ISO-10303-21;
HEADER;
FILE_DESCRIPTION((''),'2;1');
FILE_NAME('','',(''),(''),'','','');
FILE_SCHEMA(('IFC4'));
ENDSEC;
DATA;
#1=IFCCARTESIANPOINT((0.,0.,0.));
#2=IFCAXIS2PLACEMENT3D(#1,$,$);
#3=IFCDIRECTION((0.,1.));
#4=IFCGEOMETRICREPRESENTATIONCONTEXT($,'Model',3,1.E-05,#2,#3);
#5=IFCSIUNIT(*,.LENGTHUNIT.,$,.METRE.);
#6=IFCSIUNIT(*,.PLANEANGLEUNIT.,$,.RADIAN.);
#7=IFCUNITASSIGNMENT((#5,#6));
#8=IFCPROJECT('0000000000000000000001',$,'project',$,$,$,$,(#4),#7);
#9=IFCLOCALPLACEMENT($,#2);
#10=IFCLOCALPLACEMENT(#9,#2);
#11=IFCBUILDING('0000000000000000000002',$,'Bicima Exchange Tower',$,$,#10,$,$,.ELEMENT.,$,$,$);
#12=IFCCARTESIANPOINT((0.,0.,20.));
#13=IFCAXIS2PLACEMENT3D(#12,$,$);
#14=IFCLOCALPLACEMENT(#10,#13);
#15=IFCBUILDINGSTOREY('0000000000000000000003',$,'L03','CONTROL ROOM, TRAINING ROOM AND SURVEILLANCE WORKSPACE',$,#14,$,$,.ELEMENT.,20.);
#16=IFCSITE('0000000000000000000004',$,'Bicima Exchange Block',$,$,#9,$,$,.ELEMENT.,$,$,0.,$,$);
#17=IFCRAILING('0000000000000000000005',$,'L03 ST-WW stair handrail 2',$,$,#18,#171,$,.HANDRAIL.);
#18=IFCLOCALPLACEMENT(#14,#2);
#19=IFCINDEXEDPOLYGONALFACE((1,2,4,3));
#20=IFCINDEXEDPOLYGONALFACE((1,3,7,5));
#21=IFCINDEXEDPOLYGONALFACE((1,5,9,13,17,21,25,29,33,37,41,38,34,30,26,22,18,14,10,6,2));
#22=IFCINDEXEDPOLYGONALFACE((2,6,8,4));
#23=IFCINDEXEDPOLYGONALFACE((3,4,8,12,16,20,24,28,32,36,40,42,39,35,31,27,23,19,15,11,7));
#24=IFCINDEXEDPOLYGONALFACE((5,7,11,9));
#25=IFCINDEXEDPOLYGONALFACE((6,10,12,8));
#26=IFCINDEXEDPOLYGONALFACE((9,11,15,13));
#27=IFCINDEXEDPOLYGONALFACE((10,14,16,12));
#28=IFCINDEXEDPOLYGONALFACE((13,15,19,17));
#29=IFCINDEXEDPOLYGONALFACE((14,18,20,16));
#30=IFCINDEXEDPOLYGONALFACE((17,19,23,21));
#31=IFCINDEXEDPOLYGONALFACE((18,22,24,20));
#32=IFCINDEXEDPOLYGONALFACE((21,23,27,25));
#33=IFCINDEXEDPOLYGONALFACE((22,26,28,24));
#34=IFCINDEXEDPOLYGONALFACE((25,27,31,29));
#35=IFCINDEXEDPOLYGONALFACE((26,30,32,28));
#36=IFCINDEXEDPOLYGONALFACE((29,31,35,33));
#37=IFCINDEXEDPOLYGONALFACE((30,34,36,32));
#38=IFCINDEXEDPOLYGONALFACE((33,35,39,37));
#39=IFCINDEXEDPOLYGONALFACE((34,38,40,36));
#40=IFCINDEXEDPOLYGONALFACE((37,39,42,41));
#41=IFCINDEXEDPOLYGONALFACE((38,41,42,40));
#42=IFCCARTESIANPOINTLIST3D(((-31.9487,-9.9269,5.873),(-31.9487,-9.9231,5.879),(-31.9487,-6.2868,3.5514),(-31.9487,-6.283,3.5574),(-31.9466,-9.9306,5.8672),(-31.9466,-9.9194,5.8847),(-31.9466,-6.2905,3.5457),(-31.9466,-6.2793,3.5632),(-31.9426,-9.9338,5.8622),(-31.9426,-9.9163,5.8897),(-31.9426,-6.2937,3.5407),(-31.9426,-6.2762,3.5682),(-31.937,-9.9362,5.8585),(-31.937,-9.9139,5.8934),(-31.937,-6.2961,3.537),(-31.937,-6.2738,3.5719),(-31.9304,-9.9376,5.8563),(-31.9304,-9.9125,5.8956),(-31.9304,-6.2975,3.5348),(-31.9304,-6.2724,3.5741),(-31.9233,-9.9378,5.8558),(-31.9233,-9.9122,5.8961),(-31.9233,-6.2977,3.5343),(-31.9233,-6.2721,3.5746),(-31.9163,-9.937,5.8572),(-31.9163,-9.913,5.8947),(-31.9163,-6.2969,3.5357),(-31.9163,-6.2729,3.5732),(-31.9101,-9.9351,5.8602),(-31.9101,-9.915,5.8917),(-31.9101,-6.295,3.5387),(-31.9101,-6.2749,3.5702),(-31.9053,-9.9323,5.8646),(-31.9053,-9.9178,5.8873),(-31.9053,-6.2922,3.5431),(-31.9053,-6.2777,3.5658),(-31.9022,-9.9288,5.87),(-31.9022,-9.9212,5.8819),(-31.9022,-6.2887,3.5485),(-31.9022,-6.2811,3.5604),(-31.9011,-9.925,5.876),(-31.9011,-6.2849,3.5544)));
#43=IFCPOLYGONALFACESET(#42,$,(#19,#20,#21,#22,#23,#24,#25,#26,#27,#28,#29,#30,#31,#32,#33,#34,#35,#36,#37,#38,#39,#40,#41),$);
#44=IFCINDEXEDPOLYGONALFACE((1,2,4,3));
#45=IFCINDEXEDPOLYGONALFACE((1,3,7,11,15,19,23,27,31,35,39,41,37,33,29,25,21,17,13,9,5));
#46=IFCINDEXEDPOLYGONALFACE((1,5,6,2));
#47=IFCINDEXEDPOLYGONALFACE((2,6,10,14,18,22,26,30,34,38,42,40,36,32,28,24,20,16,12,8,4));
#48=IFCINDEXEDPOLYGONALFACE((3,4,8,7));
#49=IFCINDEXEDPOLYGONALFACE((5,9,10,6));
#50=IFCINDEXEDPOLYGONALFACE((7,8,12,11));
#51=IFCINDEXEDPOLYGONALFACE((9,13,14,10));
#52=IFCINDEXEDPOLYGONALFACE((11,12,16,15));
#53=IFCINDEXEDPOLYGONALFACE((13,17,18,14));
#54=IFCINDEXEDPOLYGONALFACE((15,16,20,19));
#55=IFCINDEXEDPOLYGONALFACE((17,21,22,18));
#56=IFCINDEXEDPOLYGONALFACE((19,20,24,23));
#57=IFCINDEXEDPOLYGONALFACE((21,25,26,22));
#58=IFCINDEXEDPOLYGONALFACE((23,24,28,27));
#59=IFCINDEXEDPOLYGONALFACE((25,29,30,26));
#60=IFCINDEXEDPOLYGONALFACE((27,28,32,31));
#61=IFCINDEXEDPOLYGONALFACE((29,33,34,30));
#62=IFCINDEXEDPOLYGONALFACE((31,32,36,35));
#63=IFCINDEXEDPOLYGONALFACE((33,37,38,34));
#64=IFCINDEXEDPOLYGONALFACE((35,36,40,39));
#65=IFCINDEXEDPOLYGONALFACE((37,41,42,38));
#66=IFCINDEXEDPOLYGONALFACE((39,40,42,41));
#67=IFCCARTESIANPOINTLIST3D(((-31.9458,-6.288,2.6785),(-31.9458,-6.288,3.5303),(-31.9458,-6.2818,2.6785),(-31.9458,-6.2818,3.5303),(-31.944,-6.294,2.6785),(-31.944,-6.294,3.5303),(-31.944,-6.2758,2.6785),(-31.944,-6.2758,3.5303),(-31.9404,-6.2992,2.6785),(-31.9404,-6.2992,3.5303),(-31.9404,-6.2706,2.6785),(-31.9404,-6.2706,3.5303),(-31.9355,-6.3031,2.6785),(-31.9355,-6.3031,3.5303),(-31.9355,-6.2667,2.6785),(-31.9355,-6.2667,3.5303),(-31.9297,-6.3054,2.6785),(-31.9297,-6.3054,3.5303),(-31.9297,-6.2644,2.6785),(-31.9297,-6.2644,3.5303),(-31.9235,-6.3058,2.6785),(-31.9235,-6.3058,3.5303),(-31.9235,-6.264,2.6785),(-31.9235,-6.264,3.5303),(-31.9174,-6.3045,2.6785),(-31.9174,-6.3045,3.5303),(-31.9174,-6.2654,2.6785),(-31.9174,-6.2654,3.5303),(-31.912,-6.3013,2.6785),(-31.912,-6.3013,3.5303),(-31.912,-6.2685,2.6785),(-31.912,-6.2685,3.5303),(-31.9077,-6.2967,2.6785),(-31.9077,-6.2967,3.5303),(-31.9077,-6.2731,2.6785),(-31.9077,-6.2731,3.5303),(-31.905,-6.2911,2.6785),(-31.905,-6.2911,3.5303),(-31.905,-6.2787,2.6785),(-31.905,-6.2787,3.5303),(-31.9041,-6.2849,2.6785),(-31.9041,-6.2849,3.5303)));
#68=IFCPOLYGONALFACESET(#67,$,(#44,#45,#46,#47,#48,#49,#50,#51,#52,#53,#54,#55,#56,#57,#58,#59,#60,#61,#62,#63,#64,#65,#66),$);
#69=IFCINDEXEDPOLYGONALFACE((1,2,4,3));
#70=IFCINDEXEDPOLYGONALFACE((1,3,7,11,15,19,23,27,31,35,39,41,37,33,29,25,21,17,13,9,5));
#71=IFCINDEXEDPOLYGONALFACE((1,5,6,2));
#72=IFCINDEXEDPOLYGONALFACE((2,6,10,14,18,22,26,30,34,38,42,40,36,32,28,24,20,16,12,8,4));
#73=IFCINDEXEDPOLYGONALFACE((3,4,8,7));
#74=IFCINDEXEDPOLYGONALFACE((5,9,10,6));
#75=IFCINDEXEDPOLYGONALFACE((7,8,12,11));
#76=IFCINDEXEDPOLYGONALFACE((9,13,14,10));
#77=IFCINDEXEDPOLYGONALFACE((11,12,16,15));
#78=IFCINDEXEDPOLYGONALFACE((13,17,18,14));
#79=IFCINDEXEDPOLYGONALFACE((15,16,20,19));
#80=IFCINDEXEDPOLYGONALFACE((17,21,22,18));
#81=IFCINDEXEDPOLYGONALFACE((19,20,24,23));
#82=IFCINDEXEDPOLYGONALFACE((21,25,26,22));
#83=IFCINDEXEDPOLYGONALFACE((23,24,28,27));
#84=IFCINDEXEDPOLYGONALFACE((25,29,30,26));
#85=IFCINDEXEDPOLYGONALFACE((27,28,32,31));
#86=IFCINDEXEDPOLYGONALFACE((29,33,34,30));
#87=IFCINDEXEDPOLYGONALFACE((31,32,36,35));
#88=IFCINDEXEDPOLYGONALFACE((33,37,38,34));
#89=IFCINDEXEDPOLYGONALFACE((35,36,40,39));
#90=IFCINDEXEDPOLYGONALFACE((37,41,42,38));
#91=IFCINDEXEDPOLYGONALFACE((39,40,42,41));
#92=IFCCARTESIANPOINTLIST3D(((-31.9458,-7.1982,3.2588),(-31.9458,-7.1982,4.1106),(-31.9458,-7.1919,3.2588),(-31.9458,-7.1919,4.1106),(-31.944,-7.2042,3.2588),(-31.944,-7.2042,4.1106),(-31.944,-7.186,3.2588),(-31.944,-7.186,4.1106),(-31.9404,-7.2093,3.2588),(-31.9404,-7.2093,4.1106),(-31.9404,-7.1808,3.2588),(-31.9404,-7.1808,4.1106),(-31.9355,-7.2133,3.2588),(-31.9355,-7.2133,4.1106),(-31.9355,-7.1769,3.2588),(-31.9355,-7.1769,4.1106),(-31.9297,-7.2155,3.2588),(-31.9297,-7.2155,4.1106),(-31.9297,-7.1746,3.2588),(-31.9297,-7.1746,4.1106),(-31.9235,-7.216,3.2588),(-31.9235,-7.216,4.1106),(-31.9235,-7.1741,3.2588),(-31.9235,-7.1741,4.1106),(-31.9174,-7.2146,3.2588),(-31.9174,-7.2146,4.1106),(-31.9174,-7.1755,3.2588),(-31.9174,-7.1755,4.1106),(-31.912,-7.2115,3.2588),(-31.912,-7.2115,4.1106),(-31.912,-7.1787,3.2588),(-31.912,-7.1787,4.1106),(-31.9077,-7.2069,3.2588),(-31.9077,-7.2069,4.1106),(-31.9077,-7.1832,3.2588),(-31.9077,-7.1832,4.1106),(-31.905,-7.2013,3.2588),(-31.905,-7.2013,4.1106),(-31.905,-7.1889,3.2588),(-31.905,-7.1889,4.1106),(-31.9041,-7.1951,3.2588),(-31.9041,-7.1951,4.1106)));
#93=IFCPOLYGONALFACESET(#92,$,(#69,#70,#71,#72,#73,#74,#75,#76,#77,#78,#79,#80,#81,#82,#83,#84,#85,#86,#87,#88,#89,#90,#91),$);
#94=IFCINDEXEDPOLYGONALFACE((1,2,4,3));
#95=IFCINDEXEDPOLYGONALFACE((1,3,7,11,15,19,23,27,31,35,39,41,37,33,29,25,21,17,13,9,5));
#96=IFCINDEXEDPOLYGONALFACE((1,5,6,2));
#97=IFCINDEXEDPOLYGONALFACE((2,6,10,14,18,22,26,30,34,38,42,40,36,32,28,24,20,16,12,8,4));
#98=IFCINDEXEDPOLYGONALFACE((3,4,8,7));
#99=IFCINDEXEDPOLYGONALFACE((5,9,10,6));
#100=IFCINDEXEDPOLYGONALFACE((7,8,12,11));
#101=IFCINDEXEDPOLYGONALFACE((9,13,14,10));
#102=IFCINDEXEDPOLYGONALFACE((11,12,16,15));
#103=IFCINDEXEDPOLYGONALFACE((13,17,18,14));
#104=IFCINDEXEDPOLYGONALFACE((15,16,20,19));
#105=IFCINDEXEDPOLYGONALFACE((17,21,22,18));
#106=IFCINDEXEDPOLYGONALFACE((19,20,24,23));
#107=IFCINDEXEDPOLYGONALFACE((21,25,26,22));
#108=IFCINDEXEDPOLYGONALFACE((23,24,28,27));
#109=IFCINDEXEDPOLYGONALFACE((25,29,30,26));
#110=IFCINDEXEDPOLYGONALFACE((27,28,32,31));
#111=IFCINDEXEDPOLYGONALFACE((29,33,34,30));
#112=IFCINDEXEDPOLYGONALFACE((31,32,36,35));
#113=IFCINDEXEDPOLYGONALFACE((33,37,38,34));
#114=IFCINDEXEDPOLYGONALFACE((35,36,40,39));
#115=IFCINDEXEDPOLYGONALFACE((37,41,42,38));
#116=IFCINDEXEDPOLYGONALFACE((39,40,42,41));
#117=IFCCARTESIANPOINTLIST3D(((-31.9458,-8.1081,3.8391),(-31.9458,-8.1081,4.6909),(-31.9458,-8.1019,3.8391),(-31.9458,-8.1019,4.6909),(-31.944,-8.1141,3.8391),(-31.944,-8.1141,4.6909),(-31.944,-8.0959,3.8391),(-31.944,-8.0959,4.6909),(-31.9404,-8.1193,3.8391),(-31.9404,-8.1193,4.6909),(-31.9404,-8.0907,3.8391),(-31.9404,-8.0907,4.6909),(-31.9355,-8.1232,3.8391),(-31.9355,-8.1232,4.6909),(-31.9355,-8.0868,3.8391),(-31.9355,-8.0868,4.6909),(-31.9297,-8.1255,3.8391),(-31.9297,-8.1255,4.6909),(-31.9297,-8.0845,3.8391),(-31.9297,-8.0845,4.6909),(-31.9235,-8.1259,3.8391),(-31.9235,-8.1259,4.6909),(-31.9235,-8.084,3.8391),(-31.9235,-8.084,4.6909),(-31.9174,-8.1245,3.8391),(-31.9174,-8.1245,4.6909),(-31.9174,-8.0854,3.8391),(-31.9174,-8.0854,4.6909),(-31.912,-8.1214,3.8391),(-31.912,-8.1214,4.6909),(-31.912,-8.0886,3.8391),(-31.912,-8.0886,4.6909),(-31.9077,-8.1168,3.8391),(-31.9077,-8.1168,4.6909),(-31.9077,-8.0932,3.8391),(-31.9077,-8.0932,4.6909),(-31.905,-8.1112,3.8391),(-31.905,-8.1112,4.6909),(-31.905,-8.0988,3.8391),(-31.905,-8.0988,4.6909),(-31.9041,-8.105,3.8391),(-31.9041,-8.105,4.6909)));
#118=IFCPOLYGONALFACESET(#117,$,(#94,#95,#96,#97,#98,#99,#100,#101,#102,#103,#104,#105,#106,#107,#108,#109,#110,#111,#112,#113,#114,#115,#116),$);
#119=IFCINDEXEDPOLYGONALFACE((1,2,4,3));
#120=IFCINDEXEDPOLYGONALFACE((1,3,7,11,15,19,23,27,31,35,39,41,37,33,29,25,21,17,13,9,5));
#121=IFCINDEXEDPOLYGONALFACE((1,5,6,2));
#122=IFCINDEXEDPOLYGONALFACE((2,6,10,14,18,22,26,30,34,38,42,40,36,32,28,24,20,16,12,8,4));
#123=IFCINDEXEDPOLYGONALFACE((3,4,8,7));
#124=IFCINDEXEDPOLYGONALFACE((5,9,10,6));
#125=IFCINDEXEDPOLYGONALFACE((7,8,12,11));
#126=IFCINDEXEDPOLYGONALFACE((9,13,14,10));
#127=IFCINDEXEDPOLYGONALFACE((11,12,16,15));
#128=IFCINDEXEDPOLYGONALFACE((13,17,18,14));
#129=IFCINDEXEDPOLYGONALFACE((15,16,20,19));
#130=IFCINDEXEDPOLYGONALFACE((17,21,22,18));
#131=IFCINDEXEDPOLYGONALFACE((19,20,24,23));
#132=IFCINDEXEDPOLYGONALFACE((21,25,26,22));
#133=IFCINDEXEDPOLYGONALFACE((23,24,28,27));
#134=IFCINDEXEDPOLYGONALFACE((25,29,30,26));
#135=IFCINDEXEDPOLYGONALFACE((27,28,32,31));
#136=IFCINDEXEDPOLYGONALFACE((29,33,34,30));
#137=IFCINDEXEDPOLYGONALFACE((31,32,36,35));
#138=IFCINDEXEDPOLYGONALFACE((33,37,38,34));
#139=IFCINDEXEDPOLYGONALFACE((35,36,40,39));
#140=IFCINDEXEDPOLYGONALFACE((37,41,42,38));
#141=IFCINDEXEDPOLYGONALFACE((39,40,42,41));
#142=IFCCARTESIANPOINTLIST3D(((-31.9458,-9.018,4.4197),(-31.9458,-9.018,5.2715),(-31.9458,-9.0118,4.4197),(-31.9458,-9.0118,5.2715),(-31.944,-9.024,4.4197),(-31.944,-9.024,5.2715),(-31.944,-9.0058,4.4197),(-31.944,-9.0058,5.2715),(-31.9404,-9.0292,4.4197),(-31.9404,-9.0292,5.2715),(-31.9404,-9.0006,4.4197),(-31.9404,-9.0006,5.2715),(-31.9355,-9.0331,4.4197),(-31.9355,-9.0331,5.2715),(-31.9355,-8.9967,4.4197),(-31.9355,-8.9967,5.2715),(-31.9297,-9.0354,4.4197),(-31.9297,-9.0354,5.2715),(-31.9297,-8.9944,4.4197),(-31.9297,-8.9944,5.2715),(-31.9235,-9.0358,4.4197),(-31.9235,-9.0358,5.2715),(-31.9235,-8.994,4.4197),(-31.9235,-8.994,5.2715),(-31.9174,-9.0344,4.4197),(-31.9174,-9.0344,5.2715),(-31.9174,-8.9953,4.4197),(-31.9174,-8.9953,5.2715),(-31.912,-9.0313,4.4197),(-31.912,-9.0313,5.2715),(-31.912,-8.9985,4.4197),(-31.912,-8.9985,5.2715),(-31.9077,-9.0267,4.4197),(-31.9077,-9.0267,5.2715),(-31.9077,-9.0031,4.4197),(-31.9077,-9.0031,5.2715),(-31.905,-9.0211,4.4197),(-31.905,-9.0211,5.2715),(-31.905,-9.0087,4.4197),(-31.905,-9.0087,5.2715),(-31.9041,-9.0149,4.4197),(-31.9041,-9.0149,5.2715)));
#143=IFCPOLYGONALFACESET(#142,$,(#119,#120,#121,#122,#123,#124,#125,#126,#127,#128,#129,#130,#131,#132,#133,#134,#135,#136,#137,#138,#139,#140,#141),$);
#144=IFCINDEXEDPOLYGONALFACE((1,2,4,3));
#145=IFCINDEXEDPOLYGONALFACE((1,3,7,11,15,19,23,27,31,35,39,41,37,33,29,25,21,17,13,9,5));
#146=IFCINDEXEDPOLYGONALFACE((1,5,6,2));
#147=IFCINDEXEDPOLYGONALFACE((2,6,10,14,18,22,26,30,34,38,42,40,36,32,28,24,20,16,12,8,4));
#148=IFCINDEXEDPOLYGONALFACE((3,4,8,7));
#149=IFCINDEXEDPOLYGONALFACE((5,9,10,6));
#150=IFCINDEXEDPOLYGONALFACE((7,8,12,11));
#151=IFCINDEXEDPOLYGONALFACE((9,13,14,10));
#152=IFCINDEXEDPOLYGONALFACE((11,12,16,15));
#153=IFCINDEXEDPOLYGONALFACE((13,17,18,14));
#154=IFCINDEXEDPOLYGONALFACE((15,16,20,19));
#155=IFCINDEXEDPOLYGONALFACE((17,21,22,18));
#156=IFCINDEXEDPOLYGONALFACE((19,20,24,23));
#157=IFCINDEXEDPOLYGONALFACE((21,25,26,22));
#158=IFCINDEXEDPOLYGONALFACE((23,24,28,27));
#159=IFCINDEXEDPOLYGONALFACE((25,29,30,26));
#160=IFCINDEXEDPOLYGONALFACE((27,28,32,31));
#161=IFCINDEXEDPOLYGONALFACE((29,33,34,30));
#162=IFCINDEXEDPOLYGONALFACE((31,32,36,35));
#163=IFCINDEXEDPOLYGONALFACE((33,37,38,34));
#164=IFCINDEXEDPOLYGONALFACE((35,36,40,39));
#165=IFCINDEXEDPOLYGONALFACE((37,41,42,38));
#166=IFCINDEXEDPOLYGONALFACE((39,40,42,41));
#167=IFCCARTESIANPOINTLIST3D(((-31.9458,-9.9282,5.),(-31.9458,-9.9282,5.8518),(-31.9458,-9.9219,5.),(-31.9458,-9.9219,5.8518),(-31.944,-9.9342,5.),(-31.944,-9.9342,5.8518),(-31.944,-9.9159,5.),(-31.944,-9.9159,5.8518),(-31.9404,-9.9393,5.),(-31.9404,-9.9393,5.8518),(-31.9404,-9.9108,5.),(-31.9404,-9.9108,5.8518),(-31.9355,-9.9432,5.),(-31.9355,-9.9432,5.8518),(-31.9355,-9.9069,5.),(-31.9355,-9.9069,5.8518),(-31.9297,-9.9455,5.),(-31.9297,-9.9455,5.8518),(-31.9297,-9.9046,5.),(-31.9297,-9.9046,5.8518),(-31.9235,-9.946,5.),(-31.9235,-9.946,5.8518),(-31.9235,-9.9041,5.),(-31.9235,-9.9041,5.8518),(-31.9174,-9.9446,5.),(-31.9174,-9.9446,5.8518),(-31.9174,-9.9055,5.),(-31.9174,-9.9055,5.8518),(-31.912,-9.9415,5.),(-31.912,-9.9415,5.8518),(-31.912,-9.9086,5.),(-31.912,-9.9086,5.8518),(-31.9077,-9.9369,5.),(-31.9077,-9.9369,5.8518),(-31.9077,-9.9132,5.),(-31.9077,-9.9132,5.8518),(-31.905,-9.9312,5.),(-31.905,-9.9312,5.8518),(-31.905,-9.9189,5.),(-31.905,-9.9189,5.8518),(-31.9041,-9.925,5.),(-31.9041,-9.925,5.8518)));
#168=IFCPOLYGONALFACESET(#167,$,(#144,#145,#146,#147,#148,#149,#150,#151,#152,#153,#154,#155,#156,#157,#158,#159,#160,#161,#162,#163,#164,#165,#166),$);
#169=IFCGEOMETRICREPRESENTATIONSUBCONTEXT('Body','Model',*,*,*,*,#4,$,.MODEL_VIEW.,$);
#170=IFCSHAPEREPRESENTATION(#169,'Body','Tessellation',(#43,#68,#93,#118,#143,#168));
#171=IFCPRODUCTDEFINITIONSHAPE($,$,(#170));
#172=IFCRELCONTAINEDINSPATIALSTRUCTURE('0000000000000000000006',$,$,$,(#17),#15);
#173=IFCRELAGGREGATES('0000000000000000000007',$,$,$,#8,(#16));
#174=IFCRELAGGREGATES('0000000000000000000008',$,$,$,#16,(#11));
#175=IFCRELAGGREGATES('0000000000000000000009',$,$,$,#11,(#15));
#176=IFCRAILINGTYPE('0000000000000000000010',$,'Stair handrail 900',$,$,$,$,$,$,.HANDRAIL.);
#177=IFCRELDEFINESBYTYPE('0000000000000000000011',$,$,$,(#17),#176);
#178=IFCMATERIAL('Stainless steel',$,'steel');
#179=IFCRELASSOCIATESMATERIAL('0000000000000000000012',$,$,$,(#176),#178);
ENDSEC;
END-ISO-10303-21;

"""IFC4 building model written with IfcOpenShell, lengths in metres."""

from ifc_helpers import new_model, si_unit, direction, frame, origin, origin_2d, place, context, subcontext, project, spatial, circle, extrude, material, type_object, element, save


model = new_model("IFC4")

# Units and contexts
model_context = context("Model", 3, precision=1e-05, world=origin(), true_north=direction((0.0, 1.0)))
body_context = subcontext(model_context, "Body", "Model", "MODEL_VIEW")
ifc_project = project(units=[si_unit("LENGTHUNIT", "METRE"), si_unit("PLANEANGLEUNIT", "RADIAN")], contexts=[model_context])

# Site, building, storey
site_placement = place(None, origin())
site = spatial("IfcSite", under=ifc_project, at=site_placement, Name="Bicima Exchange Block", CompositionType="ELEMENT", RefElevation=0.0)
building_placement = place(site_placement, origin())
building = spatial("IfcBuilding", under=site, at=building_placement, Name="Bicima Exchange Tower", CompositionType="ELEMENT")
storey_placement = place(building_placement, frame((0.0, 0.0, 20.0)))
storey = spatial("IfcBuildingStorey", under=building, at=storey_placement, Name="L03", Description="CONTROL ROOM, TRAINING ROOM AND SURVEILLANCE WORKSPACE", CompositionType="ELEMENT", Elevation=20.0)

# Railing
ifc_material_1 = material(Name="Stainless steel", Category="steel")
railing_type = type_object("IfcRailingType", Name="Stair handrail 900", PredefinedType="HANDRAIL", material=ifc_material_1)
railing_1_placement = place(storey_placement, frame((-31.925, -6.2849, 2.6785)))
element("IfcRailing", 1, at=railing_1_placement, inside=storey, type_object=railing_type, Name="L03 ST-WW stair handrail 2", PredefinedType="HANDRAIL", context=body_context, shape_type="SweptSolid", body=[
    extrude(circle(Radius=0.0239, at=origin_2d()), frame((0.0, 0.0, 0.876), z_axis=(0.0, -0.843128, 0.537713), x_axis=(1.0, 0.0, 0.0)), (0.0, 0.0, 1.0), 4.3174),
    extrude(circle(Radius=0.021, at=origin_2d()), origin(), (0.0, 0.0, 1.0), 0.8518),
    extrude(circle(Radius=0.021, at=origin_2d()), frame((0.0, -0.9102, 0.5803)), (0.0, 0.0, 1.0), 0.8518),
    extrude(circle(Radius=0.021, at=origin_2d()), frame((0.0, -1.8201, 1.1606)), (0.0, 0.0, 1.0), 0.8518),
    extrude(circle(Radius=0.021, at=origin_2d()), frame((0.0, -2.73, 1.7412)), (0.0, 0.0, 1.0), 0.8518),
    extrude(circle(Radius=0.021, at=origin_2d()), frame((0.0, -3.6401, 2.3215)), (0.0, 0.0, 1.0), 0.8518),
])

save(model, "model.ifc")
